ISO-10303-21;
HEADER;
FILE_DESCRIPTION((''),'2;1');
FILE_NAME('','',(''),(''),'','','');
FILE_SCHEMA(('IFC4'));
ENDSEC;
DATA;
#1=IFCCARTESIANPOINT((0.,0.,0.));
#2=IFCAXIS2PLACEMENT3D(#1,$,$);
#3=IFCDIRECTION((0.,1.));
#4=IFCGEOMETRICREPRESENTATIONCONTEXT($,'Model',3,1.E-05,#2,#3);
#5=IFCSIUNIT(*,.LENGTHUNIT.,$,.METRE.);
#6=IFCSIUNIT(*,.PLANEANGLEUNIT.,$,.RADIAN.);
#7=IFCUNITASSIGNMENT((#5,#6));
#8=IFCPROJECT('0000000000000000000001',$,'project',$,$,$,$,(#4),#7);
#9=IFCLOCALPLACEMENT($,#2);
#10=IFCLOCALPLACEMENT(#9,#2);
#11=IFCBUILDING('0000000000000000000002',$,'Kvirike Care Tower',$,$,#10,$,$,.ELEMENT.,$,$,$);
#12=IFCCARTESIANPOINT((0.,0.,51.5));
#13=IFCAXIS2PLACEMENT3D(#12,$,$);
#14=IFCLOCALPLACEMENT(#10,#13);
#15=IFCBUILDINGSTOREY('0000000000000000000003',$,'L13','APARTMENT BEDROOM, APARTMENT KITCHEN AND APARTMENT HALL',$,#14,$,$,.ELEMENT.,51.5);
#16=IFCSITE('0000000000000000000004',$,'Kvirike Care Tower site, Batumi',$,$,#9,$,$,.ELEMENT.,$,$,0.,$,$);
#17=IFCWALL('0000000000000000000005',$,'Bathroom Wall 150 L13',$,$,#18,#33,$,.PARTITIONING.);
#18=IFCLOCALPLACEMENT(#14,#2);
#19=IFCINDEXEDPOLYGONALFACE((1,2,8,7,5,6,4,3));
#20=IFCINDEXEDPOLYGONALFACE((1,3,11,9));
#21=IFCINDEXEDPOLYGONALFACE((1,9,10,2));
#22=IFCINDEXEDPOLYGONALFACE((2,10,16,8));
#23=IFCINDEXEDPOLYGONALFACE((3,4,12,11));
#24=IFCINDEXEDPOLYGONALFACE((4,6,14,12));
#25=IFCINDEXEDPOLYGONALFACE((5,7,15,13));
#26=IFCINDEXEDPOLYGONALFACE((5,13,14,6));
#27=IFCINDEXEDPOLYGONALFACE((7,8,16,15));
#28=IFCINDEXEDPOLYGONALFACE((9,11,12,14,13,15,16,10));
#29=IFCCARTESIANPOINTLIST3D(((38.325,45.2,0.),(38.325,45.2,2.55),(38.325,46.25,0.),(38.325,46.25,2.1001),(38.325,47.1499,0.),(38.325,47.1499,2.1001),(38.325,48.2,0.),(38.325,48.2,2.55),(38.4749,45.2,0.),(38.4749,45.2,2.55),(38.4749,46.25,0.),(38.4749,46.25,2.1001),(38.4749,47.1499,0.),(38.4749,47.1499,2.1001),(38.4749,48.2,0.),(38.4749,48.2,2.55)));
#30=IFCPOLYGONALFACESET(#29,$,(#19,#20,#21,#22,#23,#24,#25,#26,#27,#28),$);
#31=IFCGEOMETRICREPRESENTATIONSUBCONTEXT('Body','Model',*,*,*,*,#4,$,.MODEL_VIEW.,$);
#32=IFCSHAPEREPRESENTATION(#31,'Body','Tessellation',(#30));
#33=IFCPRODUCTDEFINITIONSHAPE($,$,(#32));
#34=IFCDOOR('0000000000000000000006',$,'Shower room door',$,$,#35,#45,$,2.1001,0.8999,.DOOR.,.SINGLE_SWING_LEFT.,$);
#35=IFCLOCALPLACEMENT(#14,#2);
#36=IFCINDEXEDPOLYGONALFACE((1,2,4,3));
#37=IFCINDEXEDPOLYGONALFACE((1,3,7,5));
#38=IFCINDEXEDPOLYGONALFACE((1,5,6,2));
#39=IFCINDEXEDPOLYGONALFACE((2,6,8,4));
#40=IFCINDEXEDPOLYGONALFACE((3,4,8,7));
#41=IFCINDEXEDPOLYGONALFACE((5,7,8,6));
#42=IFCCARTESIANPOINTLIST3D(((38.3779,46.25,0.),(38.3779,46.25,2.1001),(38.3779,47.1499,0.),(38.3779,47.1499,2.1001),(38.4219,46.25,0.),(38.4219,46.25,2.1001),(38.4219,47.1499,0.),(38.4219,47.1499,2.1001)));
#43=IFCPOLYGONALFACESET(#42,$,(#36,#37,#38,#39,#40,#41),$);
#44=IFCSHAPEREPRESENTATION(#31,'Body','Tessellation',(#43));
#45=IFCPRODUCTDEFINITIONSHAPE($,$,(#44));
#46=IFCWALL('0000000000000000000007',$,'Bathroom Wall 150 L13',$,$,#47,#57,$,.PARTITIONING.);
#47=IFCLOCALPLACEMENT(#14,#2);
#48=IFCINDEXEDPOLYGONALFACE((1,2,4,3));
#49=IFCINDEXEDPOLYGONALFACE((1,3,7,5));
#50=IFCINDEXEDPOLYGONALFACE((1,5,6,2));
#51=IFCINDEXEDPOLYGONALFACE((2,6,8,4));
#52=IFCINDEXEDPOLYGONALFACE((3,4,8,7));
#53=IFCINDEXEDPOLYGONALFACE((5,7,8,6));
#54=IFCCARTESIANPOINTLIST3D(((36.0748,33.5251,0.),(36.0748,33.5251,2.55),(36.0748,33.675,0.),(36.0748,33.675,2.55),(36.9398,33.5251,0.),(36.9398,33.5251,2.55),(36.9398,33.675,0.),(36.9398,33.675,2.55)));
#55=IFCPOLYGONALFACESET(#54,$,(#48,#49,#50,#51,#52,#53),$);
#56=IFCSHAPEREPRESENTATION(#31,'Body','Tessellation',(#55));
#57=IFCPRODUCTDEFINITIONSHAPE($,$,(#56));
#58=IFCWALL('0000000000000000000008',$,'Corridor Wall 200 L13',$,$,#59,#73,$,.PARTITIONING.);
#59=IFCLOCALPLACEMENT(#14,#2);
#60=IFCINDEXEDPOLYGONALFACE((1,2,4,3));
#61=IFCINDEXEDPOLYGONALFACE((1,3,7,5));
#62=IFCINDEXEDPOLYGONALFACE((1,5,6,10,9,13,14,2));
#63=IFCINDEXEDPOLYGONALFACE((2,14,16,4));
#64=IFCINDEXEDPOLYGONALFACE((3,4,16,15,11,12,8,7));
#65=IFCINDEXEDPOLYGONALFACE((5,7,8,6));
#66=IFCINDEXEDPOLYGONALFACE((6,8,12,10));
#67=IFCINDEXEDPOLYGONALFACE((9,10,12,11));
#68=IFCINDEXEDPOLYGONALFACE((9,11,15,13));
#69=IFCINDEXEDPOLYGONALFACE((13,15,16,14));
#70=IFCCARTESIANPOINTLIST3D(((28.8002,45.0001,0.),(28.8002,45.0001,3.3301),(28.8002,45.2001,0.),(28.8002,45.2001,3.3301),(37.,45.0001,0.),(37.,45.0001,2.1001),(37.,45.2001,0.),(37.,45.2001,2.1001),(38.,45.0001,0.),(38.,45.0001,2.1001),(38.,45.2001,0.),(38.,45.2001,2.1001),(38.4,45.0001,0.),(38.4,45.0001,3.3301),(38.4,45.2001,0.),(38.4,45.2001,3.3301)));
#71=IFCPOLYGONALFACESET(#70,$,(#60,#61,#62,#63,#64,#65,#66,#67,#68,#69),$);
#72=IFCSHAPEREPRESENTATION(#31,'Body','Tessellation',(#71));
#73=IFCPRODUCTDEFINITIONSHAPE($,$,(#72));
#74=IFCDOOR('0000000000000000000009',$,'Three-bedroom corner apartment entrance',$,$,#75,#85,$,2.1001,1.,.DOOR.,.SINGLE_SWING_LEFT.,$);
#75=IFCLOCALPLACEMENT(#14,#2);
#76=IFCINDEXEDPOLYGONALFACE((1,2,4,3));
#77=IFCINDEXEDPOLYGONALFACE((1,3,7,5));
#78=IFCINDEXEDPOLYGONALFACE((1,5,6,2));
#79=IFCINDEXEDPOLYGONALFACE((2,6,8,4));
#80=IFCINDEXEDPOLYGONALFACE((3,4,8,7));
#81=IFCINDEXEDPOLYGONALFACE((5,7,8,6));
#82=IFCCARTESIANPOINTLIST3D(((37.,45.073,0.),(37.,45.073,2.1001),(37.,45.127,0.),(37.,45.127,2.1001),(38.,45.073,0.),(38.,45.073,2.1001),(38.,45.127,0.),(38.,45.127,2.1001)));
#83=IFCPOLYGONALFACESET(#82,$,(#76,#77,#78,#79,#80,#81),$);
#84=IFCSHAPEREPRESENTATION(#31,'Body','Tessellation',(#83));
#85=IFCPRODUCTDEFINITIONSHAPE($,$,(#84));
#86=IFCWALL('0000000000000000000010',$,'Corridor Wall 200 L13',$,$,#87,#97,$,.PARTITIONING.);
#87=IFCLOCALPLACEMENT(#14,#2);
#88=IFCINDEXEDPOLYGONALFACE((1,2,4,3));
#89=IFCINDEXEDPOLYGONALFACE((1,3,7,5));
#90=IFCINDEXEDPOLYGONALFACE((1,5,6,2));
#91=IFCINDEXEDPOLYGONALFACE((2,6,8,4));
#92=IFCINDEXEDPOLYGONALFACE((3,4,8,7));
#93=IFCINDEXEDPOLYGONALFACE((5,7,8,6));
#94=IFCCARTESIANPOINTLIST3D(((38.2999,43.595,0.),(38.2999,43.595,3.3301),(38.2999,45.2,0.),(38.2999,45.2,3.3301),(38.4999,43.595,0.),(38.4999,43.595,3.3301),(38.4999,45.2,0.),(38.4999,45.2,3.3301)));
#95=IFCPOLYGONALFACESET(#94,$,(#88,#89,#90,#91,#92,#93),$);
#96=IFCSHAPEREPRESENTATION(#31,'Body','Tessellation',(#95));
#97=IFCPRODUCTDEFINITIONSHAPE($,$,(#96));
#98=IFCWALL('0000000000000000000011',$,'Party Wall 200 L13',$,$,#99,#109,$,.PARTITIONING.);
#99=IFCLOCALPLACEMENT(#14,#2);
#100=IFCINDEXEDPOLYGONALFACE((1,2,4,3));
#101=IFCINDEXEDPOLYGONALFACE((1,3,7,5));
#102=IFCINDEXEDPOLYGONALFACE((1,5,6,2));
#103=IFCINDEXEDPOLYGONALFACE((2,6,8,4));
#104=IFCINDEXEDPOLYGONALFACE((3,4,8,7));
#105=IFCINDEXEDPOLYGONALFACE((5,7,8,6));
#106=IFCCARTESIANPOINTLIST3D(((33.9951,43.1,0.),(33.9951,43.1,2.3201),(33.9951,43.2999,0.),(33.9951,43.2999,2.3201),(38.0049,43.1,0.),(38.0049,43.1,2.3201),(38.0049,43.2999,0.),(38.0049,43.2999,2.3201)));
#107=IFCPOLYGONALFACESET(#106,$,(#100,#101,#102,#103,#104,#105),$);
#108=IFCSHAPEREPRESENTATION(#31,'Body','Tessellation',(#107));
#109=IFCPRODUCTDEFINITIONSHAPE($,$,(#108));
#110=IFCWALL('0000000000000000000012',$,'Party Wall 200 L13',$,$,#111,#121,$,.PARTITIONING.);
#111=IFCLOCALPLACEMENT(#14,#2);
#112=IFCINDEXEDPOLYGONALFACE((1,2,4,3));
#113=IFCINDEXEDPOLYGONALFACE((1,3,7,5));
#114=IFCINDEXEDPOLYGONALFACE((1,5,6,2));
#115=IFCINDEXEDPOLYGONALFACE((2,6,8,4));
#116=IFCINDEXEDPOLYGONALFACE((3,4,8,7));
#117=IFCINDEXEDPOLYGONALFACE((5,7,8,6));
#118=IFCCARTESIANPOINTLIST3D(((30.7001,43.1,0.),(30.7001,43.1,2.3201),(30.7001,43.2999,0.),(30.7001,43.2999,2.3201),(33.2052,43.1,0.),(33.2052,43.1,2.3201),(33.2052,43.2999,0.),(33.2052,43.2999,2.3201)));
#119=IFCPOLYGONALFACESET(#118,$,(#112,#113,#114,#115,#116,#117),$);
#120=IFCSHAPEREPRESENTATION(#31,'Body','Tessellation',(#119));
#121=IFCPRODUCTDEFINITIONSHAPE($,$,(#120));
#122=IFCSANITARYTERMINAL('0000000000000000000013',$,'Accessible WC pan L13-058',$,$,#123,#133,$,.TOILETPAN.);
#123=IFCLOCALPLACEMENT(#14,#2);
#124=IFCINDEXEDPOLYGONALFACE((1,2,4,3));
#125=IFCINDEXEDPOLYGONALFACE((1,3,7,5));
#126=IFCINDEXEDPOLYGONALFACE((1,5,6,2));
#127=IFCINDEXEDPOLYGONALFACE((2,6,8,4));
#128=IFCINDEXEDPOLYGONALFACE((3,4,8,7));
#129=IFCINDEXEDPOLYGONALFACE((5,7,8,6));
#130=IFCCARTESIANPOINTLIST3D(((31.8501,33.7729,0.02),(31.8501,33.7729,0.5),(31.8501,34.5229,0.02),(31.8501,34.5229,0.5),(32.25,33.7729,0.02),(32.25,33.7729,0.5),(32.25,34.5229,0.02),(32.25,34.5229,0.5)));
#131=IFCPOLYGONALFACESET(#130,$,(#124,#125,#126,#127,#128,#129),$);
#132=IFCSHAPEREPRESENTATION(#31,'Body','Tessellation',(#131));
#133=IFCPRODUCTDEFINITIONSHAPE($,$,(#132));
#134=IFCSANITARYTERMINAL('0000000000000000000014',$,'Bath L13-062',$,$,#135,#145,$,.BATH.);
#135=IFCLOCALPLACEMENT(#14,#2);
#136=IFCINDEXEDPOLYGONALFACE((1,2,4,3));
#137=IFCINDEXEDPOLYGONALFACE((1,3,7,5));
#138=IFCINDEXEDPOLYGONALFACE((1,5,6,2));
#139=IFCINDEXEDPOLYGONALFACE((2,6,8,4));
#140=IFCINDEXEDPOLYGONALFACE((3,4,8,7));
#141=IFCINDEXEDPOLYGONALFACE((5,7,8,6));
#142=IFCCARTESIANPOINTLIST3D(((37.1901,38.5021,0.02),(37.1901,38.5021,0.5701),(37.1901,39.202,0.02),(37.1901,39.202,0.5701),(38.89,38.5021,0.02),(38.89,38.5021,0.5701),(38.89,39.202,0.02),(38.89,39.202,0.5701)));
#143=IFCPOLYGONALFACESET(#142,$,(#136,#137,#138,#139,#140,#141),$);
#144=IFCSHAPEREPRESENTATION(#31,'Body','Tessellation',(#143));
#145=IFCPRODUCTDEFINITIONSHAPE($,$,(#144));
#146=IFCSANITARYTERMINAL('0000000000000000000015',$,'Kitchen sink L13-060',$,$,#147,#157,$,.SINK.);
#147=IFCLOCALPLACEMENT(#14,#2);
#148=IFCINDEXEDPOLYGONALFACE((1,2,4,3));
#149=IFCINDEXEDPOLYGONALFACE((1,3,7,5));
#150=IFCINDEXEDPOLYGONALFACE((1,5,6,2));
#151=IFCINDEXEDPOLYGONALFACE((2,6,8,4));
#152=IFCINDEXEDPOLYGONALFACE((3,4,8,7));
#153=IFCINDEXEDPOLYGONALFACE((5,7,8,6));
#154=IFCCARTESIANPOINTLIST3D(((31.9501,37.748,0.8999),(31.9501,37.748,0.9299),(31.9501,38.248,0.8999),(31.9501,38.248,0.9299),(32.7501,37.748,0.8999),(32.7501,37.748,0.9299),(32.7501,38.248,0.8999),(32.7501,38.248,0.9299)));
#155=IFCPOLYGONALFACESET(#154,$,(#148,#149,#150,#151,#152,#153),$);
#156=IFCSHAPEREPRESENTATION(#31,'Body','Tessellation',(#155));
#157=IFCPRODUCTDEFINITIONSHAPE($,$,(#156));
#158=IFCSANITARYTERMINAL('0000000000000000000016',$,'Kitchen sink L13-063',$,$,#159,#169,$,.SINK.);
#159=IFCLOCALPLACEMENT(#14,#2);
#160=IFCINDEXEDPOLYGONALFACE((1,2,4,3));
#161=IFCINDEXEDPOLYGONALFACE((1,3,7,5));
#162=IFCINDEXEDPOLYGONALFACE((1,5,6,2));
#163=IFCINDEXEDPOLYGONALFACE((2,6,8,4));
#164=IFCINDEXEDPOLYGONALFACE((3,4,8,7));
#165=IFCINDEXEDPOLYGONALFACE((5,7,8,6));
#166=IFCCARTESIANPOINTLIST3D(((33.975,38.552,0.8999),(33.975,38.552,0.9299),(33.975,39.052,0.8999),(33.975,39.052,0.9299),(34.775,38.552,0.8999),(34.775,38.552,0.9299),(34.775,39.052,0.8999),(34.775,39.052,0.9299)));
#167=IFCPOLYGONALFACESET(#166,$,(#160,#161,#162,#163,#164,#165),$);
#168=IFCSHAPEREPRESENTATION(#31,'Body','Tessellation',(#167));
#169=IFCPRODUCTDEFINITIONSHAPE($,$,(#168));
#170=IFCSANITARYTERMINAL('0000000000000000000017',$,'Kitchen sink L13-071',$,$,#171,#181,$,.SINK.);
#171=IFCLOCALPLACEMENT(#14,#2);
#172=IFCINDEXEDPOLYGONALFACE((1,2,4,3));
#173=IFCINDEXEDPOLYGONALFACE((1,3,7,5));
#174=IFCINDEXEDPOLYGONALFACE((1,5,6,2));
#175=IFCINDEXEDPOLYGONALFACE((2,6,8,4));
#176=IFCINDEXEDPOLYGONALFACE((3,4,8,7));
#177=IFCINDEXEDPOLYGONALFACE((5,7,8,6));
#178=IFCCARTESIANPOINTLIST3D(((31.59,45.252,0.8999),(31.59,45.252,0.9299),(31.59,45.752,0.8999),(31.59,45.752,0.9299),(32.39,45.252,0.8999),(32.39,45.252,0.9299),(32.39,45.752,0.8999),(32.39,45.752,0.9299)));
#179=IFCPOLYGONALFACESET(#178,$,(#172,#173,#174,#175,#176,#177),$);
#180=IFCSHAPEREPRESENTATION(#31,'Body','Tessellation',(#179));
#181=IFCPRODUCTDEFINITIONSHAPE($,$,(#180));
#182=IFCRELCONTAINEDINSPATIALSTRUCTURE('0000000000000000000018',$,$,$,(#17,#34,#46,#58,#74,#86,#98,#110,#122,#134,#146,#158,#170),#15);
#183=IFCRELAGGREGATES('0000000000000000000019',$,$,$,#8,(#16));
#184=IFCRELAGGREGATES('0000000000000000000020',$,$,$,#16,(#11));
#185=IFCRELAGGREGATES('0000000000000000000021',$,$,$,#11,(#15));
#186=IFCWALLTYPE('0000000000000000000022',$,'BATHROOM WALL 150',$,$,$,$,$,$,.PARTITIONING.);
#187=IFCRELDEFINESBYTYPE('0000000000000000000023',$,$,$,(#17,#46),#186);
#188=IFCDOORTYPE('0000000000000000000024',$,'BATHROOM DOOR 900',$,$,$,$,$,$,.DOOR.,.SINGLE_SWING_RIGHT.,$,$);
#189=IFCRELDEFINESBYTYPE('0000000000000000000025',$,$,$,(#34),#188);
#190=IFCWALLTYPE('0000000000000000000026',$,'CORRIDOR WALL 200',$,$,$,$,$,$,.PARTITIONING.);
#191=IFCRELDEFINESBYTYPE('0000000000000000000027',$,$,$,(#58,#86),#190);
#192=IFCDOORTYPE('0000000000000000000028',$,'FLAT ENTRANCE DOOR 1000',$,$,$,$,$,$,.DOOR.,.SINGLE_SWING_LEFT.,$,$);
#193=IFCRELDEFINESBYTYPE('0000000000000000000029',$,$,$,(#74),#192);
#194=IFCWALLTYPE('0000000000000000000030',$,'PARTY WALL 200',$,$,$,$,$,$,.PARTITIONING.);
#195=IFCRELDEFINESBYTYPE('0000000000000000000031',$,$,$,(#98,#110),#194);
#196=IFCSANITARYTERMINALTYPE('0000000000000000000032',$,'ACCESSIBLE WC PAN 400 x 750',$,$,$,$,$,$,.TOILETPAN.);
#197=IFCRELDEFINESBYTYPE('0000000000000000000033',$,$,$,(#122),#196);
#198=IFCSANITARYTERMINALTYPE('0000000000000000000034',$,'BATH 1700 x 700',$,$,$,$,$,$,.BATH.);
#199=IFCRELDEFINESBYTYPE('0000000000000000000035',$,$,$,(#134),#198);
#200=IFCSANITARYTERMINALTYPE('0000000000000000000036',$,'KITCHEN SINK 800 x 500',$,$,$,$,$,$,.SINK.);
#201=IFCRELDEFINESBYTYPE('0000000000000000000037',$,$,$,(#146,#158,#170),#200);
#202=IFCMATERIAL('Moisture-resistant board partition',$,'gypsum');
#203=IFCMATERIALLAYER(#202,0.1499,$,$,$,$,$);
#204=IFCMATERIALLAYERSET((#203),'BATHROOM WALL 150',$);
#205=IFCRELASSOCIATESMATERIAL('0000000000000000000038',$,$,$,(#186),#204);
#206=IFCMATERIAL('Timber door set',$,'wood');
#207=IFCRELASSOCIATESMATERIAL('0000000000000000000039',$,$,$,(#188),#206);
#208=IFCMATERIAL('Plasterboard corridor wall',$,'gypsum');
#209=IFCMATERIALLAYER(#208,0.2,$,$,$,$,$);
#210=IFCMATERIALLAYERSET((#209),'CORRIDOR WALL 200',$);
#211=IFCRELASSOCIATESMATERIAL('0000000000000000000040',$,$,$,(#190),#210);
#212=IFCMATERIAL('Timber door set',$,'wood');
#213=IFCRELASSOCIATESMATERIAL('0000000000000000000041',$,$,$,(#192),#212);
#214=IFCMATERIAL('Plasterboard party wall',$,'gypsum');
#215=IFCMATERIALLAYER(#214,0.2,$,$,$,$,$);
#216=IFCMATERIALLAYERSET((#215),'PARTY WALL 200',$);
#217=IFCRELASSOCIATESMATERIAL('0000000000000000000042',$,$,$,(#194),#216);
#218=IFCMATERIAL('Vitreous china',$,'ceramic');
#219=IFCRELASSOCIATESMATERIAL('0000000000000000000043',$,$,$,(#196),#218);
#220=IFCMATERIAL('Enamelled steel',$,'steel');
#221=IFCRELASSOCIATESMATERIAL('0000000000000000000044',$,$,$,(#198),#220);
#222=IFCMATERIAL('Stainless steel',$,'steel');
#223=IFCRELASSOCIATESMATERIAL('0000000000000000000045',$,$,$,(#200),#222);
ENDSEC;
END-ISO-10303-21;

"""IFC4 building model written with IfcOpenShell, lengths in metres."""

from ifc_helpers import new_model, si_unit, direction, frame, frame_2d, origin, origin_2d, place, context, subcontext, project, spatial, rectangle, extrude, material, layer, layer_set, type_object, element, fill, save


model = new_model("IFC4")

# Units and contexts
model_context = context("Model", 3, precision=1e-05, world=origin(), true_north=direction((0.0, 1.0)))
body_context = subcontext(model_context, "Body", "Model", "MODEL_VIEW")
ifc_project = project(units=[si_unit("LENGTHUNIT", "METRE"), si_unit("PLANEANGLEUNIT", "RADIAN")], contexts=[model_context])

# Site, building, storey
site_placement = place(None, origin())
site = spatial("IfcSite", under=ifc_project, at=site_placement, Name="Kvirike Care Tower site, Batumi", CompositionType="ELEMENT", RefElevation=0.0)
building_placement = place(site_placement, origin())
building = spatial("IfcBuilding", under=site, at=building_placement, Name="Kvirike Care Tower", CompositionType="ELEMENT")
storey_placement = place(building_placement, frame((0.0, 0.0, 51.5)))
storey = spatial("IfcBuildingStorey", under=building, at=storey_placement, Name="L13", Description="APARTMENT BEDROOM, APARTMENT KITCHEN AND APARTMENT HALL", CompositionType="ELEMENT", Elevation=51.5)

# Shared definitions
ifc_material_1 = material(Name="Moisture-resistant board partition", Category="gypsum")
ifc_layer_1 = layer(ifc_material_1, 0.1499)
ifc_layer_set_1 = layer_set([ifc_layer_1], Name="BATHROOM WALL 150")
wall_type_1 = type_object("IfcWallType", Name="BATHROOM WALL 150", PredefinedType="PARTITIONING", material=ifc_layer_set_1)

# Wall, opening, door
wall_1_placement = place(storey_placement, frame((38.3999, 48.2, 0.0), z_axis=(0.0, 0.0, 1.0), x_axis=(0.0, -1.0, 0.0)))
wall_1 = element("IfcWall", 1, at=wall_1_placement, inside=storey, type_object=wall_type_1, Name="Bathroom Wall 150 L13", PredefinedType="PARTITIONING", context=body_context, shape_type="SweptSolid", body=[
    extrude(rectangle(XDim=3.0, YDim=0.1499, at=frame_2d((1.5, 0.0))), origin(), (0.0, 0.0, 1.0), 2.55),
])
opening_1_placement = place(wall_1_placement, frame((1.05, 0.0, 0.0)))
opening_1 = element("IfcOpeningElement", 2, at=opening_1_placement, cuts=wall_1, PredefinedType="OPENING", context=body_context, shape_type="SweptSolid", body=[
    extrude(rectangle(XDim=0.8999, YDim=2.1001, at=frame_2d((0.45, 1.05))), frame((0.0, 0.0854, 0.0), z_axis=(0.0, -1.0, 0.0), x_axis=(1.0, 0.0, 0.0)), (0.0, 0.0, 1.0), 0.1709),
])
ifc_material_2 = material(Name="Timber door set", Category="wood")
door_type_1 = type_object("IfcDoorType", Name="BATHROOM DOOR 900", OperationType="SINGLE_SWING_RIGHT", PredefinedType="DOOR", material=ifc_material_2)
door_1_placement = place(opening_1_placement, origin())
door_1 = element("IfcDoor", 3, at=door_1_placement, inside=storey, type_object=door_type_1, Name="Shower room door", OperationType="SINGLE_SWING_LEFT", OverallHeight=2.1001, OverallWidth=0.8999, PredefinedType="DOOR", context=body_context, shape_type="SweptSolid", body=[
    extrude(rectangle(XDim=0.8999, YDim=2.1001, at=frame_2d((0.45, 1.05))), frame((0.0, 0.022, 0.0), z_axis=(0.0, -1.0, 0.0), x_axis=(1.0, 0.0, 0.0)), (0.0, 0.0, 1.0), 0.0439),
])
fill(opening_1, door_1)

# Wall
wall_2_placement = place(storey_placement, frame((36.9399, 33.6001, 0.0), z_axis=(0.0, 0.0, 1.0), x_axis=(-1.0, 0.0, 0.0)))
element("IfcWall", 4, at=wall_2_placement, inside=storey, type_object=wall_type_1, Name="Bathroom Wall 150 L13", PredefinedType="PARTITIONING", context=body_context, shape_type="SweptSolid", body=[
    extrude(rectangle(XDim=0.865, YDim=0.1499, at=frame_2d((0.4326, 0.0))), origin(), (0.0, 0.0, 1.0), 2.55),
])

# Wall, opening, door
ifc_material_3 = material(Name="Plasterboard corridor wall", Category="gypsum")
ifc_layer_2 = layer(ifc_material_3, 0.2)
ifc_layer_set_2 = layer_set([ifc_layer_2], Name="CORRIDOR WALL 200")
wall_type_2 = type_object("IfcWallType", Name="CORRIDOR WALL 200", PredefinedType="PARTITIONING", material=ifc_layer_set_2)
wall_3_placement = place(storey_placement, frame((38.3999, 45.1001, 0.0), z_axis=(0.0, 0.0, 1.0), x_axis=(-1.0, 0.0, 0.0)))
wall_3 = element("IfcWall", 5, at=wall_3_placement, inside=storey, type_object=wall_type_2, Name="Corridor Wall 200 L13", PredefinedType="PARTITIONING", context=body_context, shape_type="SweptSolid", body=[
    extrude(rectangle(XDim=9.5999, YDim=0.2, at=frame_2d((4.7998, 0.0))), origin(), (0.0, 0.0, 1.0), 3.3301),
])
opening_2_placement = place(wall_3_placement, frame((0.3999, 0.0, 0.0)))
opening_2 = element("IfcOpeningElement", 6, at=opening_2_placement, cuts=wall_3, PredefinedType="OPENING", context=body_context, shape_type="SweptSolid", body=[
    extrude(rectangle(XDim=1.0, YDim=2.1001, at=frame_2d((0.5, 1.05))), frame((0.0, 0.1106, 0.0), z_axis=(0.0, -1.0, 0.0), x_axis=(1.0, 0.0, 0.0)), (0.0, 0.0, 1.0), 0.2209),
])
ifc_material_4 = material(Name="Timber door set", Category="wood")
door_type_2 = type_object("IfcDoorType", Name="FLAT ENTRANCE DOOR 1000", OperationType="SINGLE_SWING_LEFT", PredefinedType="DOOR", material=ifc_material_4)
door_2_placement = place(opening_2_placement, frame((1.0, 0.0, 0.0), z_axis=(0.0, 0.0, 1.0), x_axis=(-1.0, 0.0, 0.0)))
door_2 = element("IfcDoor", 7, at=door_2_placement, inside=storey, type_object=door_type_2, Name="Three-bedroom corner apartment entrance", OperationType="SINGLE_SWING_LEFT", OverallHeight=2.1001, OverallWidth=1.0, PredefinedType="DOOR", context=body_context, shape_type="SweptSolid", body=[
    extrude(rectangle(XDim=1.0, YDim=2.1001, at=frame_2d((0.5, 1.05))), frame((0.0, 0.0269, 0.0), z_axis=(0.0, -1.0, 0.0), x_axis=(1.0, 0.0, 0.0)), (0.0, 0.0, 1.0), 0.054),
])
fill(opening_2, door_2)

# Walls
wall_4_placement = place(storey_placement, frame((38.3999, 45.2, 0.0), z_axis=(0.0, 0.0, 1.0), x_axis=(0.0, -1.0, 0.0)))
element("IfcWall", 8, at=wall_4_placement, inside=storey, type_object=wall_type_2, Name="Corridor Wall 200 L13", PredefinedType="PARTITIONING", context=body_context, shape_type="SweptSolid", body=[
    extrude(rectangle(XDim=1.605, YDim=0.2, at=frame_2d((0.8025, 0.0))), origin(), (0.0, 0.0, 1.0), 3.3301),
])
ifc_material_5 = material(Name="Plasterboard party wall", Category="gypsum")
ifc_layer_3 = layer(ifc_material_5, 0.2)
ifc_layer_set_3 = layer_set([ifc_layer_3], Name="PARTY WALL 200")
wall_type_3 = type_object("IfcWallType", Name="PARTY WALL 200", PredefinedType="PARTITIONING", material=ifc_layer_set_3)
wall_5_placement = place(storey_placement, frame((38.0049, 43.2, 0.0), z_axis=(0.0, 0.0, 1.0), x_axis=(-1.0, 0.0, 0.0)))
element("IfcWall", 9, at=wall_5_placement, inside=storey, type_object=wall_type_3, Name="Party Wall 200 L13", PredefinedType="PARTITIONING", context=body_context, shape_type="SweptSolid", body=[
    extrude(rectangle(XDim=4.0098, YDim=0.2, at=frame_2d((2.0049, 0.0))), origin(), (0.0, 0.0, 1.0), 2.3201),
])
wall_6_placement = place(storey_placement, frame((33.2051, 43.2, 0.0), z_axis=(0.0, 0.0, 1.0), x_axis=(-1.0, 0.0, 0.0)))
element("IfcWall", 10, at=wall_6_placement, inside=storey, type_object=wall_type_3, Name="Party Wall 200 L13", PredefinedType="PARTITIONING", context=body_context, shape_type="SweptSolid", body=[
    extrude(rectangle(XDim=2.5051, YDim=0.2, at=frame_2d((1.2524, 0.0))), origin(), (0.0, 0.0, 1.0), 2.3201),
])

# Sanitary terminals
ifc_material_6 = material(Name="Vitreous china", Category="ceramic")
sanitary_terminal_type_1 = type_object("IfcSanitaryTerminalType", Name="ACCESSIBLE WC PAN 400 x 750", PredefinedType="TOILETPAN", material=ifc_material_6)
sanitary_terminal_1_placement = place(storey_placement, frame((32.05, 34.1479, 0.02), z_axis=(0.0, 0.0, 1.0), x_axis=(1.0, 0.0, 0.0)))
element("IfcSanitaryTerminal", 11, at=sanitary_terminal_1_placement, inside=storey, type_object=sanitary_terminal_type_1, Name="Accessible WC pan L13-058", PredefinedType="TOILETPAN", context=body_context, shape_type="SweptSolid", body=[
    extrude(rectangle(XDim=0.3999, YDim=0.75, at=origin_2d()), origin(), (0.0, 0.0, 1.0), 0.48),
])
ifc_material_7 = material(Name="Enamelled steel", Category="steel")
sanitary_terminal_type_2 = type_object("IfcSanitaryTerminalType", Name="BATH 1700 x 700", PredefinedType="BATH", material=ifc_material_7)
sanitary_terminal_2_placement = place(storey_placement, frame((38.04, 38.8521, 0.02), z_axis=(0.0, 0.0, 1.0), x_axis=(-1.0, 0.0, 0.0)))
element("IfcSanitaryTerminal", 12, at=sanitary_terminal_2_placement, inside=storey, type_object=sanitary_terminal_type_2, Name="Bath L13-062", PredefinedType="BATH", context=body_context, shape_type="SweptSolid", body=[
    extrude(rectangle(XDim=1.7, YDim=0.7, at=origin_2d()), origin(), (0.0, 0.0, 1.0), 0.55),
])
ifc_material_8 = material(Name="Stainless steel", Category="steel")
sanitary_terminal_type_3 = type_object("IfcSanitaryTerminalType", Name="KITCHEN SINK 800 x 500", PredefinedType="SINK", material=ifc_material_8)
for number, where, z_axis, x_axis, name in (
    (13, (32.3501, 37.998, 0.8999), (0.0, 0.0, 1.0), (1.0, 0.0, 0.0), "Kitchen sink L13-060"),
    (14, (34.375, 38.802, 0.8999), (0.0, 0.0, 1.0), (-1.0, 0.0, 0.0), "Kitchen sink L13-063"),
    (15, (31.99, 45.502, 0.8999), (0.0, 0.0, 1.0), (-1.0, 0.0, 0.0), "Kitchen sink L13-071"),
):
    element("IfcSanitaryTerminal", number, at=place(storey_placement, frame(where, z_axis=z_axis, x_axis=x_axis)), inside=storey, type_object=sanitary_terminal_type_3, Name=name, PredefinedType="SINK", context=body_context, shape_type="SweptSolid", body=[
        extrude(rectangle(XDim=0.8, YDim=0.5, at=origin_2d()), origin(), (0.0, 0.0, 1.0), 0.03),
    ])

save(model, "model.ifc")
